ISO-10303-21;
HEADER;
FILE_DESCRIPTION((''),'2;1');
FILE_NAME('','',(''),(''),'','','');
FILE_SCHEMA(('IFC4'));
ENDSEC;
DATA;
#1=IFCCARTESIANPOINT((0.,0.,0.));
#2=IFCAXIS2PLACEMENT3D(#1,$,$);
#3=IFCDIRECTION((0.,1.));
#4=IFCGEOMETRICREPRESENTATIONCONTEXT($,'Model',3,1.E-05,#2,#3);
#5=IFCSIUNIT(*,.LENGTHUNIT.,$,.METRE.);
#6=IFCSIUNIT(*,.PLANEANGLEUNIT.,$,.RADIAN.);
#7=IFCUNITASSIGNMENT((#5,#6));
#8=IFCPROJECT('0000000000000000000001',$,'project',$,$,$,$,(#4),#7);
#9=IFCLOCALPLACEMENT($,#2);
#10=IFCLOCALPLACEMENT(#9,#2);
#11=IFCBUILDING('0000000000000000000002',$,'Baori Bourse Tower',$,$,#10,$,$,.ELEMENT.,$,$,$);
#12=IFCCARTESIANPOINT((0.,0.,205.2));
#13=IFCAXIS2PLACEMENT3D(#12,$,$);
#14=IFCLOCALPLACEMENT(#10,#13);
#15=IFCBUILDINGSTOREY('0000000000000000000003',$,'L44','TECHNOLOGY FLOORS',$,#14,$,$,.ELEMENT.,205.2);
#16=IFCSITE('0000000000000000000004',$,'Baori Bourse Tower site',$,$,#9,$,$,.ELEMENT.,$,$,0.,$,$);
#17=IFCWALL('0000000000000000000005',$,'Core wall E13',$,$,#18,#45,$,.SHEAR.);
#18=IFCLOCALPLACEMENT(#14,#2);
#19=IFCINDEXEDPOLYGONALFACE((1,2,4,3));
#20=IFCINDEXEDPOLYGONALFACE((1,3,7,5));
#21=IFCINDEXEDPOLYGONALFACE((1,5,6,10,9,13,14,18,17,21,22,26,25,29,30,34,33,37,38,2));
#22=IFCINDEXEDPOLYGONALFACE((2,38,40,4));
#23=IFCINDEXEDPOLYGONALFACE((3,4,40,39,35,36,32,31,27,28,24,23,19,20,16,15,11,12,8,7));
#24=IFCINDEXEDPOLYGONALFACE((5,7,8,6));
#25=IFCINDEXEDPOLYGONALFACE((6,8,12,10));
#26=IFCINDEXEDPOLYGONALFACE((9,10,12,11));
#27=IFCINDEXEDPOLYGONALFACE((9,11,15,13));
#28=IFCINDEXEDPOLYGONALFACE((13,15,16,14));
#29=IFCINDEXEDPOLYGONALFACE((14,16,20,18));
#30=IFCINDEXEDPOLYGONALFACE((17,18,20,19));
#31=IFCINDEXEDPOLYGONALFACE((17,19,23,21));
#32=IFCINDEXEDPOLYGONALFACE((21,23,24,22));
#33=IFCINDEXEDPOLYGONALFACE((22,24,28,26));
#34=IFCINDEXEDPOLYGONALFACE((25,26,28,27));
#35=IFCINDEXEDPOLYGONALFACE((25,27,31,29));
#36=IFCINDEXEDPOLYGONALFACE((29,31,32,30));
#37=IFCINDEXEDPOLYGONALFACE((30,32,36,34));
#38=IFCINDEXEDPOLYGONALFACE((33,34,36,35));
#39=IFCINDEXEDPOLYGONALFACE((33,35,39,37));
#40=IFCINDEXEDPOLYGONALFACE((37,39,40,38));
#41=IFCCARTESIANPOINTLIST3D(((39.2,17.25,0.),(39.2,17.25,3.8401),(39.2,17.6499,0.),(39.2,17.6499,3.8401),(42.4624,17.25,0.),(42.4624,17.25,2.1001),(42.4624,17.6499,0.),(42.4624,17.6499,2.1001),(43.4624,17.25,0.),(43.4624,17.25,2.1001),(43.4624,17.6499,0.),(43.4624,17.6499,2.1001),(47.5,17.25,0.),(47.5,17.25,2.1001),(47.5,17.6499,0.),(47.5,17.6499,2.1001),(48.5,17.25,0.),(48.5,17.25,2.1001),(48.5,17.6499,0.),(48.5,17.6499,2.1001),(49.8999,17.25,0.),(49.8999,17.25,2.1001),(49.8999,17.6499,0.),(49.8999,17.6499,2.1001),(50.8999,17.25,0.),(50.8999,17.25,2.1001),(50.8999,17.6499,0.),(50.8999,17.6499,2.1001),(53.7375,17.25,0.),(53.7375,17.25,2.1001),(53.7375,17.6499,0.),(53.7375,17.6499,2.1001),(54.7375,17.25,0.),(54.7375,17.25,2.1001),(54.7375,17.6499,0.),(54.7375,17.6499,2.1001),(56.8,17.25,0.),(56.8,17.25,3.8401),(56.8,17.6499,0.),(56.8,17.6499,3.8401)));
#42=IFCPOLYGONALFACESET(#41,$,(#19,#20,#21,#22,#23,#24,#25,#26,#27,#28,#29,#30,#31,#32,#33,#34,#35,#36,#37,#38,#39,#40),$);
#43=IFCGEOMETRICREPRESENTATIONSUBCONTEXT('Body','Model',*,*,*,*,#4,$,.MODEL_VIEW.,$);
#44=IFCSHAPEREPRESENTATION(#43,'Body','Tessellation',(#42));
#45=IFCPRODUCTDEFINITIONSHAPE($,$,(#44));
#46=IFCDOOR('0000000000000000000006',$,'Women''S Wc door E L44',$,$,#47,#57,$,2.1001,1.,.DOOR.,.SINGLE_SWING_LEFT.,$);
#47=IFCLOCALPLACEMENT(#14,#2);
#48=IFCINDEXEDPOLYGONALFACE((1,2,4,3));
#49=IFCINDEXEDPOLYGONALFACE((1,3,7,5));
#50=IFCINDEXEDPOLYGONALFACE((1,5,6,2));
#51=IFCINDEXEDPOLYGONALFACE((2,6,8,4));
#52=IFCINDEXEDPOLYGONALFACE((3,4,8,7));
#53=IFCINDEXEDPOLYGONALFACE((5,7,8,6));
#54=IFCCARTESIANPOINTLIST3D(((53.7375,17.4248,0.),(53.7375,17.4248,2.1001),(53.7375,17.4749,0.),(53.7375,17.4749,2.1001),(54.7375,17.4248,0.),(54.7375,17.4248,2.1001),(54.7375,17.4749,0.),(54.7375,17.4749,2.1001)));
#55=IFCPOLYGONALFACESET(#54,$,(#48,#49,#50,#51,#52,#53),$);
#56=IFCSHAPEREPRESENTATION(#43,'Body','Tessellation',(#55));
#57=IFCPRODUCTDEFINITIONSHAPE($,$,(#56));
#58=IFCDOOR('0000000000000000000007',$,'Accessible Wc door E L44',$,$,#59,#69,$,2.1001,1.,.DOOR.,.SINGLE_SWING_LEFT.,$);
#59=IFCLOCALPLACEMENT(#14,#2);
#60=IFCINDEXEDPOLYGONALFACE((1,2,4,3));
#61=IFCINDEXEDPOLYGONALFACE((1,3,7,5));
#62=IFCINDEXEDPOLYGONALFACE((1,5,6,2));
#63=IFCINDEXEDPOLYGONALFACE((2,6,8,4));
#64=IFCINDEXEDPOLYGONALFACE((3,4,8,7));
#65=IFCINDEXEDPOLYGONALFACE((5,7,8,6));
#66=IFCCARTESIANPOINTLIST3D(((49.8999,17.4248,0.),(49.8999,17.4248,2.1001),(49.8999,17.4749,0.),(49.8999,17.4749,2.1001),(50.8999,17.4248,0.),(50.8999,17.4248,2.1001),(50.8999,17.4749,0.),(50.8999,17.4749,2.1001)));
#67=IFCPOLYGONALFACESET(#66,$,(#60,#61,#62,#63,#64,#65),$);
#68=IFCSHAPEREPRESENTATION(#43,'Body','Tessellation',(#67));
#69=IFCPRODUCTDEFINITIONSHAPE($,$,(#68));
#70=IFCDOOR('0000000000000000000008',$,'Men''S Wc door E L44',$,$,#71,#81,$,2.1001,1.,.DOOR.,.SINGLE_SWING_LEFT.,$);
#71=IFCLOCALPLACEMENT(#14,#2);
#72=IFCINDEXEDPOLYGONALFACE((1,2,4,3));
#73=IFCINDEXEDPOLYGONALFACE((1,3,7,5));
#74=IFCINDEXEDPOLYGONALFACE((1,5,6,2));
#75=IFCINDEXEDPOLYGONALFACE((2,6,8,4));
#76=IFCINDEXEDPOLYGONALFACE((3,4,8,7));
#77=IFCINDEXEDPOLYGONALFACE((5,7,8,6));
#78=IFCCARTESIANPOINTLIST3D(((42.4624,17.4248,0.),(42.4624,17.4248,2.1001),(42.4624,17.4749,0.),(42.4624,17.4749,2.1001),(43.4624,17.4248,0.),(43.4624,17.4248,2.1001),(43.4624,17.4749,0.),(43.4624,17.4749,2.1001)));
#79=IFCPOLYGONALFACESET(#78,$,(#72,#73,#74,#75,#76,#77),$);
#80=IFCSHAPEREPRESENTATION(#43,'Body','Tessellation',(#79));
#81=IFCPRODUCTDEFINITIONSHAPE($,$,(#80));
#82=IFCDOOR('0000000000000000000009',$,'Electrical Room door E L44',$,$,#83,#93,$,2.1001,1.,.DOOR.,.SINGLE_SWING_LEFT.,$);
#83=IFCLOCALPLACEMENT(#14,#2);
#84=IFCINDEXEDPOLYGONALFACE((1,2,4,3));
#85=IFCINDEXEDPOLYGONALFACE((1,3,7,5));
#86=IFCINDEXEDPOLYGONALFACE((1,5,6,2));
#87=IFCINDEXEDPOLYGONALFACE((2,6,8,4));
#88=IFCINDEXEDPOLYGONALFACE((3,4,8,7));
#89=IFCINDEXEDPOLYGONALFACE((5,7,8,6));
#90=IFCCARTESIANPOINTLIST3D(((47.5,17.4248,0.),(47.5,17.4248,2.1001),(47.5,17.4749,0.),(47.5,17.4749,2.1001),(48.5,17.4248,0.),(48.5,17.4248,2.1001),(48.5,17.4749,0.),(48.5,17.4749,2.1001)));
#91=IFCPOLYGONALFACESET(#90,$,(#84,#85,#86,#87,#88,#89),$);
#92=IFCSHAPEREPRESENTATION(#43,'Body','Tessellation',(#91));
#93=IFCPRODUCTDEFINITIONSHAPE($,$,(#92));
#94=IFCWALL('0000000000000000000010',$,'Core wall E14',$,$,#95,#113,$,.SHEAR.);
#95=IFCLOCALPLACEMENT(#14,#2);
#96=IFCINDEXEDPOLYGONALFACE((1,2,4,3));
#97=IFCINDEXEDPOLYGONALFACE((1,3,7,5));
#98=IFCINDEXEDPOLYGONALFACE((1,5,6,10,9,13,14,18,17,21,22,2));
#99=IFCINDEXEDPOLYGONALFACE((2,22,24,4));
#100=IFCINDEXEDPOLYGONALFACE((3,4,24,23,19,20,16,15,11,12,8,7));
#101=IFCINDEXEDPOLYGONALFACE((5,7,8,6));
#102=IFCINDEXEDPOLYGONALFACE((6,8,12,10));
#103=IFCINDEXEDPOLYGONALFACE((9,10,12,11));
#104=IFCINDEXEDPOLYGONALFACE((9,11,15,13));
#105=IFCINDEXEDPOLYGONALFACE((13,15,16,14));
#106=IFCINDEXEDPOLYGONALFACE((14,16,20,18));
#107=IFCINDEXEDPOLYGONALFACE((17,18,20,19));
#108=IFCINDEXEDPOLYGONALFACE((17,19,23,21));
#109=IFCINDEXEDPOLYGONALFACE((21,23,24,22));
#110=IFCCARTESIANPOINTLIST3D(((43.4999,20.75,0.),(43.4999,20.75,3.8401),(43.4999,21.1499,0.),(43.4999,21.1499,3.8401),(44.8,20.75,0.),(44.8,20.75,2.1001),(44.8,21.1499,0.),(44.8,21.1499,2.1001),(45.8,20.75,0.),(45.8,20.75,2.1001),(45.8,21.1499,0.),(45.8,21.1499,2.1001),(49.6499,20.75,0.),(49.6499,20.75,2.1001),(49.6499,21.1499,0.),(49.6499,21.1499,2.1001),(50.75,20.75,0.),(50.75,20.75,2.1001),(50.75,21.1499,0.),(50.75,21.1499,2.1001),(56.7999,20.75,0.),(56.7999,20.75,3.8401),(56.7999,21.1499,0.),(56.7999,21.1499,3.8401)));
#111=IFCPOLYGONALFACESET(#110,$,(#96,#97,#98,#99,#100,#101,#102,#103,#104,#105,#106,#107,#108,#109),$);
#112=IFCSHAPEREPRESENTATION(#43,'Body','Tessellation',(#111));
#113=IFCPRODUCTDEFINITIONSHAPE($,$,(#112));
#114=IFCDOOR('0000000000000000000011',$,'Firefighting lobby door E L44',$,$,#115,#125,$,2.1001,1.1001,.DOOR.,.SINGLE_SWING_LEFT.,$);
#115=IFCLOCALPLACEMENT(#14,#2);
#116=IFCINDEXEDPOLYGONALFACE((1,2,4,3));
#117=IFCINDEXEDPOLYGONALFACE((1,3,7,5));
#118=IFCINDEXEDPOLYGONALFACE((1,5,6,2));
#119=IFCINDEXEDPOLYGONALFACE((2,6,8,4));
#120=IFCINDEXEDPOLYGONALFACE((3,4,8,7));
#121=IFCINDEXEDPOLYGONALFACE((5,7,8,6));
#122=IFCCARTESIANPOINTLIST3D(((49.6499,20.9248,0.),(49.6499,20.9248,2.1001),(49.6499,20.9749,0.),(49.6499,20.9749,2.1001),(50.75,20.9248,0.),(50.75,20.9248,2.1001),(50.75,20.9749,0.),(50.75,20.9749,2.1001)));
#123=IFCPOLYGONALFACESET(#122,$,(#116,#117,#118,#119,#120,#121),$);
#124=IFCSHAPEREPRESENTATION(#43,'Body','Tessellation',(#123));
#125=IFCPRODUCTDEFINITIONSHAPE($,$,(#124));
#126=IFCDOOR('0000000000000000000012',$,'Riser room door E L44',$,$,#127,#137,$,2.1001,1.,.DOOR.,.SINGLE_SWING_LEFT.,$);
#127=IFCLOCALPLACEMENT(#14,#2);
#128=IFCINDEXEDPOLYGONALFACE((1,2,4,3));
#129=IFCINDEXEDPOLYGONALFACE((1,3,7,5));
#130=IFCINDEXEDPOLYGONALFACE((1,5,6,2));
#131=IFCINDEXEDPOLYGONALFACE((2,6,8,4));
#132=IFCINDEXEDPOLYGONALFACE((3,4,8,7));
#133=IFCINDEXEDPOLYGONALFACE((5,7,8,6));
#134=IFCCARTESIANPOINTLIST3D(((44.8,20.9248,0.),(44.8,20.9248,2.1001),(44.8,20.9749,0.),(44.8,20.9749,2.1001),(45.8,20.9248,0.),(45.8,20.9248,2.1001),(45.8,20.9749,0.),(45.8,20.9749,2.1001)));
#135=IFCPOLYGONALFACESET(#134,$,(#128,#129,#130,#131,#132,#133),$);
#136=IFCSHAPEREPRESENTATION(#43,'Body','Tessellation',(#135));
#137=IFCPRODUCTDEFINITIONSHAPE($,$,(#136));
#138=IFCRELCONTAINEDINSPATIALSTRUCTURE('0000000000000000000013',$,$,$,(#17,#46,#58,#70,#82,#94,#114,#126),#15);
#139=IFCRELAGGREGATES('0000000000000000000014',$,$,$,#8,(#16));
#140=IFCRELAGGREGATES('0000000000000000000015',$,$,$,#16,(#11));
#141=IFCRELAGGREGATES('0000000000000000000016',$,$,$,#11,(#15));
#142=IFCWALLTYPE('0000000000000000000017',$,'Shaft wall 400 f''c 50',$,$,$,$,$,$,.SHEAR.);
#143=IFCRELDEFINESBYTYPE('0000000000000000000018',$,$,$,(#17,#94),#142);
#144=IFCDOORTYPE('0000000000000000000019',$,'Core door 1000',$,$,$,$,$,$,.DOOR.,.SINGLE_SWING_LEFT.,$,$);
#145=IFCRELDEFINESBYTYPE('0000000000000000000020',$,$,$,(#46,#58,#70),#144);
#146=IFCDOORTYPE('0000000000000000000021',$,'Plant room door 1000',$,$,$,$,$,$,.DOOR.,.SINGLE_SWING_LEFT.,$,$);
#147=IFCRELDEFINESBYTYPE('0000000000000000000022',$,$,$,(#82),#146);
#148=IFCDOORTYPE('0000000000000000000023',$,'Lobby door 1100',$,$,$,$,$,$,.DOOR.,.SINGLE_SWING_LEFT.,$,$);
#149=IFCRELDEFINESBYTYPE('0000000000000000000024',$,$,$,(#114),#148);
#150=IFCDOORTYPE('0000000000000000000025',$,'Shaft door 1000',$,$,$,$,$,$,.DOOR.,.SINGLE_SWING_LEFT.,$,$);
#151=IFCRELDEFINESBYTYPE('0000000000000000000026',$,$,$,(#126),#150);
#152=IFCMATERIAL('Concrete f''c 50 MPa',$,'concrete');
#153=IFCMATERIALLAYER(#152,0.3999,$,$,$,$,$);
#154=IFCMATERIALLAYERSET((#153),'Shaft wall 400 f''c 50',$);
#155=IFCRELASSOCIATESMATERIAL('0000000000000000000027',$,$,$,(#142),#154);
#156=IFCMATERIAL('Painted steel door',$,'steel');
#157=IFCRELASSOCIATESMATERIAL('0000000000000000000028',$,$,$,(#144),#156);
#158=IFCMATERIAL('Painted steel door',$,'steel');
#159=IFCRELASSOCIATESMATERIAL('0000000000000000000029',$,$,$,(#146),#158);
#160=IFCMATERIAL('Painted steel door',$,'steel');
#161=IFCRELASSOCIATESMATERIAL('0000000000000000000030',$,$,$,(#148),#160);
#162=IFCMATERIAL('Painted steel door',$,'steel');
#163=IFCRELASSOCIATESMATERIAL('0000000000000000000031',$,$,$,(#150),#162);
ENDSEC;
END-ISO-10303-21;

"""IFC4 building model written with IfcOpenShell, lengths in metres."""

from ifc_helpers import new_model, si_unit, direction, frame, frame_2d, origin, place, context, subcontext, project, spatial, rectangle, extrude, material, layer, layer_set, type_object, element, fill, save


model = new_model("IFC4")

# Units and contexts
model_context = context("Model", 3, precision=1e-05, world=origin(), true_north=direction((0.0, 1.0)))
body_context = subcontext(model_context, "Body", "Model", "MODEL_VIEW")
ifc_project = project(units=[si_unit("LENGTHUNIT", "METRE"), si_unit("PLANEANGLEUNIT", "RADIAN")], contexts=[model_context])

# Site, building, storey
site_placement = place(None, origin())
site = spatial("IfcSite", under=ifc_project, at=site_placement, Name="Baori Bourse Tower site", CompositionType="ELEMENT", RefElevation=0.0)
building_placement = place(site_placement, origin())
building = spatial("IfcBuilding", under=site, at=building_placement, Name="Baori Bourse Tower", CompositionType="ELEMENT")
storey_placement = place(building_placement, frame((0.0, 0.0, 205.2)))
storey = spatial("IfcBuildingStorey", under=building, at=storey_placement, Name="L44", Description="TECHNOLOGY FLOORS", CompositionType="ELEMENT", Elevation=205.2)

# Shared definitions
ifc_material_1 = material(Name="Concrete f'c 50 MPa", Category="concrete")
ifc_layer_1 = layer(ifc_material_1, 0.3999)
ifc_layer_set_1 = layer_set([ifc_layer_1], Name="Shaft wall 400 f'c 50")
wall_type_1 = type_object("IfcWallType", Name="Shaft wall 400 f'c 50", PredefinedType="SHEAR", material=ifc_layer_set_1)

# Walls, openings, doors
wall_1_placement = place(storey_placement, frame((39.2, 17.45, 0.0), z_axis=(0.0, 0.0, 1.0), x_axis=(1.0, 0.0, 0.0)))
wall_1 = element("IfcWall", 1, at=wall_1_placement, inside=storey, type_object=wall_type_1, Name="Core wall E13", PredefinedType="SHEAR", context=body_context, shape_type="SweptSolid", body=[
    extrude(rectangle(XDim=17.6001, YDim=0.3999, at=frame_2d((8.8, 0.0))), origin(), (0.0, 0.0, 1.0), 3.8401),
])
opening_1_placement = place(wall_1_placement, frame((14.5376, 0.0, 0.0)))
opening_1 = element("IfcOpeningElement", 2, at=opening_1_placement, cuts=wall_1, PredefinedType="OPENING", context=body_context, shape_type="SweptSolid", body=[
    extrude(rectangle(XDim=1.0, YDim=2.1001, at=frame_2d((0.5, 1.05))), frame((0.0, 0.21, 0.0), z_axis=(0.0, -1.0, 0.0), x_axis=(1.0, 0.0, 0.0)), (0.0, 0.0, 1.0), 0.4199),
])
opening_2_placement = place(wall_1_placement, frame((10.7, 0.0, 0.0)))
opening_2 = element("IfcOpeningElement", 3, at=opening_2_placement, cuts=wall_1, PredefinedType="OPENING", context=body_context, shape_type="SweptSolid", body=[
    extrude(rectangle(XDim=1.0, YDim=2.1001, at=frame_2d((0.5, 1.05))), frame((0.0, 0.21, 0.0), z_axis=(0.0, -1.0, 0.0), x_axis=(1.0, 0.0, 0.0)), (0.0, 0.0, 1.0), 0.4199),
])
opening_3_placement = place(wall_1_placement, frame((8.3, 0.0, 0.0)))
opening_3 = element("IfcOpeningElement", 4, at=opening_3_placement, cuts=wall_1, PredefinedType="OPENING", context=body_context, shape_type="SweptSolid", body=[
    extrude(rectangle(XDim=1.0, YDim=2.1001, at=frame_2d((0.5, 1.05))), frame((0.0, 0.21, 0.0), z_axis=(0.0, -1.0, 0.0), x_axis=(1.0, 0.0, 0.0)), (0.0, 0.0, 1.0), 0.4199),
])
opening_4_placement = place(wall_1_placement, frame((3.2625, 0.0, 0.0)))
opening_4 = element("IfcOpeningElement", 5, at=opening_4_placement, cuts=wall_1, PredefinedType="OPENING", context=body_context, shape_type="SweptSolid", body=[
    extrude(rectangle(XDim=1.0, YDim=2.1001, at=frame_2d((0.5, 1.05))), frame((0.0, 0.21, 0.0), z_axis=(0.0, -1.0, 0.0), x_axis=(1.0, 0.0, 0.0)), (0.0, 0.0, 1.0), 0.4199),
])
ifc_material_2 = material(Name="Painted steel door", Category="steel")
door_type_1 = type_object("IfcDoorType", Name="Core door 1000", OperationType="SINGLE_SWING_LEFT", PredefinedType="DOOR", material=ifc_material_2)
door_1_placement = place(opening_1_placement, origin())
door_1 = element("IfcDoor", 6, at=door_1_placement, inside=storey, type_object=door_type_1, Name="Women'S Wc door E L44", OperationType="SINGLE_SWING_LEFT", OverallHeight=2.1001, OverallWidth=1.0, PredefinedType="DOOR", context=body_context, shape_type="SweptSolid", body=[
    extrude(rectangle(XDim=1.0, YDim=2.1001, at=frame_2d((0.5, 1.05))), frame((0.0, 0.0249, 0.0), z_axis=(0.0, -1.0, 0.0), x_axis=(1.0, 0.0, 0.0)), (0.0, 0.0, 1.0), 0.05),
])
fill(opening_1, door_1)
door_2_placement = place(opening_2_placement, origin())
door_2 = element("IfcDoor", 7, at=door_2_placement, inside=storey, type_object=door_type_1, Name="Accessible Wc door E L44", OperationType="SINGLE_SWING_LEFT", OverallHeight=2.1001, OverallWidth=1.0, PredefinedType="DOOR", context=body_context, shape_type="SweptSolid", body=[
    extrude(rectangle(XDim=1.0, YDim=2.1001, at=frame_2d((0.5, 1.05))), frame((0.0, 0.0249, 0.0), z_axis=(0.0, -1.0, 0.0), x_axis=(1.0, 0.0, 0.0)), (0.0, 0.0, 1.0), 0.05),
])
fill(opening_2, door_2)
door_3_placement = place(opening_4_placement, origin())
door_3 = element("IfcDoor", 8, at=door_3_placement, inside=storey, type_object=door_type_1, Name="Men'S Wc door E L44", OperationType="SINGLE_SWING_LEFT", OverallHeight=2.1001, OverallWidth=1.0, PredefinedType="DOOR", context=body_context, shape_type="SweptSolid", body=[
    extrude(rectangle(XDim=1.0, YDim=2.1001, at=frame_2d((0.5, 1.05))), frame((0.0, 0.0249, 0.0), z_axis=(0.0, -1.0, 0.0), x_axis=(1.0, 0.0, 0.0)), (0.0, 0.0, 1.0), 0.05),
])
fill(opening_4, door_3)
ifc_material_3 = material(Name="Painted steel door", Category="steel")
door_type_2 = type_object("IfcDoorType", Name="Plant room door 1000", OperationType="SINGLE_SWING_LEFT", PredefinedType="DOOR", material=ifc_material_3)
door_4_placement = place(opening_3_placement, origin())
door_4 = element("IfcDoor", 9, at=door_4_placement, inside=storey, type_object=door_type_2, Name="Electrical Room door E L44", OperationType="SINGLE_SWING_LEFT", OverallHeight=2.1001, OverallWidth=1.0, PredefinedType="DOOR", context=body_context, shape_type="SweptSolid", body=[
    extrude(rectangle(XDim=1.0, YDim=2.1001, at=frame_2d((0.5, 1.05))), frame((0.0, 0.0249, 0.0), z_axis=(0.0, -1.0, 0.0), x_axis=(1.0, 0.0, 0.0)), (0.0, 0.0, 1.0), 0.05),
])
fill(opening_3, door_4)
wall_2_placement = place(storey_placement, frame((43.5, 20.95, 0.0), z_axis=(0.0, 0.0, 1.0), x_axis=(1.0, 0.0, 0.0)))
wall_2 = element("IfcWall", 10, at=wall_2_placement, inside=storey, type_object=wall_type_1, Name="Core wall E14", PredefinedType="SHEAR", context=body_context, shape_type="SweptSolid", body=[
    extrude(rectangle(XDim=13.3, YDim=0.3999, at=frame_2d((6.6499, 0.0))), origin(), (0.0, 0.0, 1.0), 3.8401),
])
opening_5_placement = place(wall_2_placement, frame((6.1499, 0.0, 0.0)))
opening_5 = element("IfcOpeningElement", 11, at=opening_5_placement, cuts=wall_2, PredefinedType="OPENING", context=body_context, shape_type="SweptSolid", body=[
    extrude(rectangle(XDim=1.1001, YDim=2.1001, at=frame_2d((0.55, 1.05))), frame((0.0, 0.21, 0.0), z_axis=(0.0, -1.0, 0.0), x_axis=(1.0, 0.0, 0.0)), (0.0, 0.0, 1.0), 0.4199),
])
opening_6_placement = place(wall_2_placement, frame((1.3, 0.0, 0.0)))
opening_6 = element("IfcOpeningElement", 12, at=opening_6_placement, cuts=wall_2, PredefinedType="OPENING", context=body_context, shape_type="SweptSolid", body=[
    extrude(rectangle(XDim=1.0, YDim=2.1001, at=frame_2d((0.5, 1.05))), frame((0.0, 0.21, 0.0), z_axis=(0.0, -1.0, 0.0), x_axis=(1.0, 0.0, 0.0)), (0.0, 0.0, 1.0), 0.4199),
])
ifc_material_4 = material(Name="Painted steel door", Category="steel")
door_type_3 = type_object("IfcDoorType", Name="Lobby door 1100", OperationType="SINGLE_SWING_LEFT", PredefinedType="DOOR", material=ifc_material_4)
door_5_placement = place(opening_5_placement, origin())
door_5 = element("IfcDoor", 13, at=door_5_placement, inside=storey, type_object=door_type_3, Name="Firefighting lobby door E L44", OperationType="SINGLE_SWING_LEFT", OverallHeight=2.1001, OverallWidth=1.1001, PredefinedType="DOOR", context=body_context, shape_type="SweptSolid", body=[
    extrude(rectangle(XDim=1.1001, YDim=2.1001, at=frame_2d((0.55, 1.05))), frame((0.0, 0.0249, 0.0), z_axis=(0.0, -1.0, 0.0), x_axis=(1.0, 0.0, 0.0)), (0.0, 0.0, 1.0), 0.05),
])
fill(opening_5, door_5)
ifc_material_5 = material(Name="Painted steel door", Category="steel")
door_type_4 = type_object("IfcDoorType", Name="Shaft door 1000", OperationType="SINGLE_SWING_LEFT", PredefinedType="DOOR", material=ifc_material_5)
door_6_placement = place(opening_6_placement, origin())
door_6 = element("IfcDoor", 14, at=door_6_placement, inside=storey, type_object=door_type_4, Name="Riser room door E L44", OperationType="SINGLE_SWING_LEFT", OverallHeight=2.1001, OverallWidth=1.0, PredefinedType="DOOR", context=body_context, shape_type="SweptSolid", body=[
    extrude(rectangle(XDim=1.0, YDim=2.1001, at=frame_2d((0.5, 1.05))), frame((0.0, 0.0249, 0.0), z_axis=(0.0, -1.0, 0.0), x_axis=(1.0, 0.0, 0.0)), (0.0, 0.0, 1.0), 0.05),
])
fill(opening_6, door_6)

save(model, "model.ifc")
